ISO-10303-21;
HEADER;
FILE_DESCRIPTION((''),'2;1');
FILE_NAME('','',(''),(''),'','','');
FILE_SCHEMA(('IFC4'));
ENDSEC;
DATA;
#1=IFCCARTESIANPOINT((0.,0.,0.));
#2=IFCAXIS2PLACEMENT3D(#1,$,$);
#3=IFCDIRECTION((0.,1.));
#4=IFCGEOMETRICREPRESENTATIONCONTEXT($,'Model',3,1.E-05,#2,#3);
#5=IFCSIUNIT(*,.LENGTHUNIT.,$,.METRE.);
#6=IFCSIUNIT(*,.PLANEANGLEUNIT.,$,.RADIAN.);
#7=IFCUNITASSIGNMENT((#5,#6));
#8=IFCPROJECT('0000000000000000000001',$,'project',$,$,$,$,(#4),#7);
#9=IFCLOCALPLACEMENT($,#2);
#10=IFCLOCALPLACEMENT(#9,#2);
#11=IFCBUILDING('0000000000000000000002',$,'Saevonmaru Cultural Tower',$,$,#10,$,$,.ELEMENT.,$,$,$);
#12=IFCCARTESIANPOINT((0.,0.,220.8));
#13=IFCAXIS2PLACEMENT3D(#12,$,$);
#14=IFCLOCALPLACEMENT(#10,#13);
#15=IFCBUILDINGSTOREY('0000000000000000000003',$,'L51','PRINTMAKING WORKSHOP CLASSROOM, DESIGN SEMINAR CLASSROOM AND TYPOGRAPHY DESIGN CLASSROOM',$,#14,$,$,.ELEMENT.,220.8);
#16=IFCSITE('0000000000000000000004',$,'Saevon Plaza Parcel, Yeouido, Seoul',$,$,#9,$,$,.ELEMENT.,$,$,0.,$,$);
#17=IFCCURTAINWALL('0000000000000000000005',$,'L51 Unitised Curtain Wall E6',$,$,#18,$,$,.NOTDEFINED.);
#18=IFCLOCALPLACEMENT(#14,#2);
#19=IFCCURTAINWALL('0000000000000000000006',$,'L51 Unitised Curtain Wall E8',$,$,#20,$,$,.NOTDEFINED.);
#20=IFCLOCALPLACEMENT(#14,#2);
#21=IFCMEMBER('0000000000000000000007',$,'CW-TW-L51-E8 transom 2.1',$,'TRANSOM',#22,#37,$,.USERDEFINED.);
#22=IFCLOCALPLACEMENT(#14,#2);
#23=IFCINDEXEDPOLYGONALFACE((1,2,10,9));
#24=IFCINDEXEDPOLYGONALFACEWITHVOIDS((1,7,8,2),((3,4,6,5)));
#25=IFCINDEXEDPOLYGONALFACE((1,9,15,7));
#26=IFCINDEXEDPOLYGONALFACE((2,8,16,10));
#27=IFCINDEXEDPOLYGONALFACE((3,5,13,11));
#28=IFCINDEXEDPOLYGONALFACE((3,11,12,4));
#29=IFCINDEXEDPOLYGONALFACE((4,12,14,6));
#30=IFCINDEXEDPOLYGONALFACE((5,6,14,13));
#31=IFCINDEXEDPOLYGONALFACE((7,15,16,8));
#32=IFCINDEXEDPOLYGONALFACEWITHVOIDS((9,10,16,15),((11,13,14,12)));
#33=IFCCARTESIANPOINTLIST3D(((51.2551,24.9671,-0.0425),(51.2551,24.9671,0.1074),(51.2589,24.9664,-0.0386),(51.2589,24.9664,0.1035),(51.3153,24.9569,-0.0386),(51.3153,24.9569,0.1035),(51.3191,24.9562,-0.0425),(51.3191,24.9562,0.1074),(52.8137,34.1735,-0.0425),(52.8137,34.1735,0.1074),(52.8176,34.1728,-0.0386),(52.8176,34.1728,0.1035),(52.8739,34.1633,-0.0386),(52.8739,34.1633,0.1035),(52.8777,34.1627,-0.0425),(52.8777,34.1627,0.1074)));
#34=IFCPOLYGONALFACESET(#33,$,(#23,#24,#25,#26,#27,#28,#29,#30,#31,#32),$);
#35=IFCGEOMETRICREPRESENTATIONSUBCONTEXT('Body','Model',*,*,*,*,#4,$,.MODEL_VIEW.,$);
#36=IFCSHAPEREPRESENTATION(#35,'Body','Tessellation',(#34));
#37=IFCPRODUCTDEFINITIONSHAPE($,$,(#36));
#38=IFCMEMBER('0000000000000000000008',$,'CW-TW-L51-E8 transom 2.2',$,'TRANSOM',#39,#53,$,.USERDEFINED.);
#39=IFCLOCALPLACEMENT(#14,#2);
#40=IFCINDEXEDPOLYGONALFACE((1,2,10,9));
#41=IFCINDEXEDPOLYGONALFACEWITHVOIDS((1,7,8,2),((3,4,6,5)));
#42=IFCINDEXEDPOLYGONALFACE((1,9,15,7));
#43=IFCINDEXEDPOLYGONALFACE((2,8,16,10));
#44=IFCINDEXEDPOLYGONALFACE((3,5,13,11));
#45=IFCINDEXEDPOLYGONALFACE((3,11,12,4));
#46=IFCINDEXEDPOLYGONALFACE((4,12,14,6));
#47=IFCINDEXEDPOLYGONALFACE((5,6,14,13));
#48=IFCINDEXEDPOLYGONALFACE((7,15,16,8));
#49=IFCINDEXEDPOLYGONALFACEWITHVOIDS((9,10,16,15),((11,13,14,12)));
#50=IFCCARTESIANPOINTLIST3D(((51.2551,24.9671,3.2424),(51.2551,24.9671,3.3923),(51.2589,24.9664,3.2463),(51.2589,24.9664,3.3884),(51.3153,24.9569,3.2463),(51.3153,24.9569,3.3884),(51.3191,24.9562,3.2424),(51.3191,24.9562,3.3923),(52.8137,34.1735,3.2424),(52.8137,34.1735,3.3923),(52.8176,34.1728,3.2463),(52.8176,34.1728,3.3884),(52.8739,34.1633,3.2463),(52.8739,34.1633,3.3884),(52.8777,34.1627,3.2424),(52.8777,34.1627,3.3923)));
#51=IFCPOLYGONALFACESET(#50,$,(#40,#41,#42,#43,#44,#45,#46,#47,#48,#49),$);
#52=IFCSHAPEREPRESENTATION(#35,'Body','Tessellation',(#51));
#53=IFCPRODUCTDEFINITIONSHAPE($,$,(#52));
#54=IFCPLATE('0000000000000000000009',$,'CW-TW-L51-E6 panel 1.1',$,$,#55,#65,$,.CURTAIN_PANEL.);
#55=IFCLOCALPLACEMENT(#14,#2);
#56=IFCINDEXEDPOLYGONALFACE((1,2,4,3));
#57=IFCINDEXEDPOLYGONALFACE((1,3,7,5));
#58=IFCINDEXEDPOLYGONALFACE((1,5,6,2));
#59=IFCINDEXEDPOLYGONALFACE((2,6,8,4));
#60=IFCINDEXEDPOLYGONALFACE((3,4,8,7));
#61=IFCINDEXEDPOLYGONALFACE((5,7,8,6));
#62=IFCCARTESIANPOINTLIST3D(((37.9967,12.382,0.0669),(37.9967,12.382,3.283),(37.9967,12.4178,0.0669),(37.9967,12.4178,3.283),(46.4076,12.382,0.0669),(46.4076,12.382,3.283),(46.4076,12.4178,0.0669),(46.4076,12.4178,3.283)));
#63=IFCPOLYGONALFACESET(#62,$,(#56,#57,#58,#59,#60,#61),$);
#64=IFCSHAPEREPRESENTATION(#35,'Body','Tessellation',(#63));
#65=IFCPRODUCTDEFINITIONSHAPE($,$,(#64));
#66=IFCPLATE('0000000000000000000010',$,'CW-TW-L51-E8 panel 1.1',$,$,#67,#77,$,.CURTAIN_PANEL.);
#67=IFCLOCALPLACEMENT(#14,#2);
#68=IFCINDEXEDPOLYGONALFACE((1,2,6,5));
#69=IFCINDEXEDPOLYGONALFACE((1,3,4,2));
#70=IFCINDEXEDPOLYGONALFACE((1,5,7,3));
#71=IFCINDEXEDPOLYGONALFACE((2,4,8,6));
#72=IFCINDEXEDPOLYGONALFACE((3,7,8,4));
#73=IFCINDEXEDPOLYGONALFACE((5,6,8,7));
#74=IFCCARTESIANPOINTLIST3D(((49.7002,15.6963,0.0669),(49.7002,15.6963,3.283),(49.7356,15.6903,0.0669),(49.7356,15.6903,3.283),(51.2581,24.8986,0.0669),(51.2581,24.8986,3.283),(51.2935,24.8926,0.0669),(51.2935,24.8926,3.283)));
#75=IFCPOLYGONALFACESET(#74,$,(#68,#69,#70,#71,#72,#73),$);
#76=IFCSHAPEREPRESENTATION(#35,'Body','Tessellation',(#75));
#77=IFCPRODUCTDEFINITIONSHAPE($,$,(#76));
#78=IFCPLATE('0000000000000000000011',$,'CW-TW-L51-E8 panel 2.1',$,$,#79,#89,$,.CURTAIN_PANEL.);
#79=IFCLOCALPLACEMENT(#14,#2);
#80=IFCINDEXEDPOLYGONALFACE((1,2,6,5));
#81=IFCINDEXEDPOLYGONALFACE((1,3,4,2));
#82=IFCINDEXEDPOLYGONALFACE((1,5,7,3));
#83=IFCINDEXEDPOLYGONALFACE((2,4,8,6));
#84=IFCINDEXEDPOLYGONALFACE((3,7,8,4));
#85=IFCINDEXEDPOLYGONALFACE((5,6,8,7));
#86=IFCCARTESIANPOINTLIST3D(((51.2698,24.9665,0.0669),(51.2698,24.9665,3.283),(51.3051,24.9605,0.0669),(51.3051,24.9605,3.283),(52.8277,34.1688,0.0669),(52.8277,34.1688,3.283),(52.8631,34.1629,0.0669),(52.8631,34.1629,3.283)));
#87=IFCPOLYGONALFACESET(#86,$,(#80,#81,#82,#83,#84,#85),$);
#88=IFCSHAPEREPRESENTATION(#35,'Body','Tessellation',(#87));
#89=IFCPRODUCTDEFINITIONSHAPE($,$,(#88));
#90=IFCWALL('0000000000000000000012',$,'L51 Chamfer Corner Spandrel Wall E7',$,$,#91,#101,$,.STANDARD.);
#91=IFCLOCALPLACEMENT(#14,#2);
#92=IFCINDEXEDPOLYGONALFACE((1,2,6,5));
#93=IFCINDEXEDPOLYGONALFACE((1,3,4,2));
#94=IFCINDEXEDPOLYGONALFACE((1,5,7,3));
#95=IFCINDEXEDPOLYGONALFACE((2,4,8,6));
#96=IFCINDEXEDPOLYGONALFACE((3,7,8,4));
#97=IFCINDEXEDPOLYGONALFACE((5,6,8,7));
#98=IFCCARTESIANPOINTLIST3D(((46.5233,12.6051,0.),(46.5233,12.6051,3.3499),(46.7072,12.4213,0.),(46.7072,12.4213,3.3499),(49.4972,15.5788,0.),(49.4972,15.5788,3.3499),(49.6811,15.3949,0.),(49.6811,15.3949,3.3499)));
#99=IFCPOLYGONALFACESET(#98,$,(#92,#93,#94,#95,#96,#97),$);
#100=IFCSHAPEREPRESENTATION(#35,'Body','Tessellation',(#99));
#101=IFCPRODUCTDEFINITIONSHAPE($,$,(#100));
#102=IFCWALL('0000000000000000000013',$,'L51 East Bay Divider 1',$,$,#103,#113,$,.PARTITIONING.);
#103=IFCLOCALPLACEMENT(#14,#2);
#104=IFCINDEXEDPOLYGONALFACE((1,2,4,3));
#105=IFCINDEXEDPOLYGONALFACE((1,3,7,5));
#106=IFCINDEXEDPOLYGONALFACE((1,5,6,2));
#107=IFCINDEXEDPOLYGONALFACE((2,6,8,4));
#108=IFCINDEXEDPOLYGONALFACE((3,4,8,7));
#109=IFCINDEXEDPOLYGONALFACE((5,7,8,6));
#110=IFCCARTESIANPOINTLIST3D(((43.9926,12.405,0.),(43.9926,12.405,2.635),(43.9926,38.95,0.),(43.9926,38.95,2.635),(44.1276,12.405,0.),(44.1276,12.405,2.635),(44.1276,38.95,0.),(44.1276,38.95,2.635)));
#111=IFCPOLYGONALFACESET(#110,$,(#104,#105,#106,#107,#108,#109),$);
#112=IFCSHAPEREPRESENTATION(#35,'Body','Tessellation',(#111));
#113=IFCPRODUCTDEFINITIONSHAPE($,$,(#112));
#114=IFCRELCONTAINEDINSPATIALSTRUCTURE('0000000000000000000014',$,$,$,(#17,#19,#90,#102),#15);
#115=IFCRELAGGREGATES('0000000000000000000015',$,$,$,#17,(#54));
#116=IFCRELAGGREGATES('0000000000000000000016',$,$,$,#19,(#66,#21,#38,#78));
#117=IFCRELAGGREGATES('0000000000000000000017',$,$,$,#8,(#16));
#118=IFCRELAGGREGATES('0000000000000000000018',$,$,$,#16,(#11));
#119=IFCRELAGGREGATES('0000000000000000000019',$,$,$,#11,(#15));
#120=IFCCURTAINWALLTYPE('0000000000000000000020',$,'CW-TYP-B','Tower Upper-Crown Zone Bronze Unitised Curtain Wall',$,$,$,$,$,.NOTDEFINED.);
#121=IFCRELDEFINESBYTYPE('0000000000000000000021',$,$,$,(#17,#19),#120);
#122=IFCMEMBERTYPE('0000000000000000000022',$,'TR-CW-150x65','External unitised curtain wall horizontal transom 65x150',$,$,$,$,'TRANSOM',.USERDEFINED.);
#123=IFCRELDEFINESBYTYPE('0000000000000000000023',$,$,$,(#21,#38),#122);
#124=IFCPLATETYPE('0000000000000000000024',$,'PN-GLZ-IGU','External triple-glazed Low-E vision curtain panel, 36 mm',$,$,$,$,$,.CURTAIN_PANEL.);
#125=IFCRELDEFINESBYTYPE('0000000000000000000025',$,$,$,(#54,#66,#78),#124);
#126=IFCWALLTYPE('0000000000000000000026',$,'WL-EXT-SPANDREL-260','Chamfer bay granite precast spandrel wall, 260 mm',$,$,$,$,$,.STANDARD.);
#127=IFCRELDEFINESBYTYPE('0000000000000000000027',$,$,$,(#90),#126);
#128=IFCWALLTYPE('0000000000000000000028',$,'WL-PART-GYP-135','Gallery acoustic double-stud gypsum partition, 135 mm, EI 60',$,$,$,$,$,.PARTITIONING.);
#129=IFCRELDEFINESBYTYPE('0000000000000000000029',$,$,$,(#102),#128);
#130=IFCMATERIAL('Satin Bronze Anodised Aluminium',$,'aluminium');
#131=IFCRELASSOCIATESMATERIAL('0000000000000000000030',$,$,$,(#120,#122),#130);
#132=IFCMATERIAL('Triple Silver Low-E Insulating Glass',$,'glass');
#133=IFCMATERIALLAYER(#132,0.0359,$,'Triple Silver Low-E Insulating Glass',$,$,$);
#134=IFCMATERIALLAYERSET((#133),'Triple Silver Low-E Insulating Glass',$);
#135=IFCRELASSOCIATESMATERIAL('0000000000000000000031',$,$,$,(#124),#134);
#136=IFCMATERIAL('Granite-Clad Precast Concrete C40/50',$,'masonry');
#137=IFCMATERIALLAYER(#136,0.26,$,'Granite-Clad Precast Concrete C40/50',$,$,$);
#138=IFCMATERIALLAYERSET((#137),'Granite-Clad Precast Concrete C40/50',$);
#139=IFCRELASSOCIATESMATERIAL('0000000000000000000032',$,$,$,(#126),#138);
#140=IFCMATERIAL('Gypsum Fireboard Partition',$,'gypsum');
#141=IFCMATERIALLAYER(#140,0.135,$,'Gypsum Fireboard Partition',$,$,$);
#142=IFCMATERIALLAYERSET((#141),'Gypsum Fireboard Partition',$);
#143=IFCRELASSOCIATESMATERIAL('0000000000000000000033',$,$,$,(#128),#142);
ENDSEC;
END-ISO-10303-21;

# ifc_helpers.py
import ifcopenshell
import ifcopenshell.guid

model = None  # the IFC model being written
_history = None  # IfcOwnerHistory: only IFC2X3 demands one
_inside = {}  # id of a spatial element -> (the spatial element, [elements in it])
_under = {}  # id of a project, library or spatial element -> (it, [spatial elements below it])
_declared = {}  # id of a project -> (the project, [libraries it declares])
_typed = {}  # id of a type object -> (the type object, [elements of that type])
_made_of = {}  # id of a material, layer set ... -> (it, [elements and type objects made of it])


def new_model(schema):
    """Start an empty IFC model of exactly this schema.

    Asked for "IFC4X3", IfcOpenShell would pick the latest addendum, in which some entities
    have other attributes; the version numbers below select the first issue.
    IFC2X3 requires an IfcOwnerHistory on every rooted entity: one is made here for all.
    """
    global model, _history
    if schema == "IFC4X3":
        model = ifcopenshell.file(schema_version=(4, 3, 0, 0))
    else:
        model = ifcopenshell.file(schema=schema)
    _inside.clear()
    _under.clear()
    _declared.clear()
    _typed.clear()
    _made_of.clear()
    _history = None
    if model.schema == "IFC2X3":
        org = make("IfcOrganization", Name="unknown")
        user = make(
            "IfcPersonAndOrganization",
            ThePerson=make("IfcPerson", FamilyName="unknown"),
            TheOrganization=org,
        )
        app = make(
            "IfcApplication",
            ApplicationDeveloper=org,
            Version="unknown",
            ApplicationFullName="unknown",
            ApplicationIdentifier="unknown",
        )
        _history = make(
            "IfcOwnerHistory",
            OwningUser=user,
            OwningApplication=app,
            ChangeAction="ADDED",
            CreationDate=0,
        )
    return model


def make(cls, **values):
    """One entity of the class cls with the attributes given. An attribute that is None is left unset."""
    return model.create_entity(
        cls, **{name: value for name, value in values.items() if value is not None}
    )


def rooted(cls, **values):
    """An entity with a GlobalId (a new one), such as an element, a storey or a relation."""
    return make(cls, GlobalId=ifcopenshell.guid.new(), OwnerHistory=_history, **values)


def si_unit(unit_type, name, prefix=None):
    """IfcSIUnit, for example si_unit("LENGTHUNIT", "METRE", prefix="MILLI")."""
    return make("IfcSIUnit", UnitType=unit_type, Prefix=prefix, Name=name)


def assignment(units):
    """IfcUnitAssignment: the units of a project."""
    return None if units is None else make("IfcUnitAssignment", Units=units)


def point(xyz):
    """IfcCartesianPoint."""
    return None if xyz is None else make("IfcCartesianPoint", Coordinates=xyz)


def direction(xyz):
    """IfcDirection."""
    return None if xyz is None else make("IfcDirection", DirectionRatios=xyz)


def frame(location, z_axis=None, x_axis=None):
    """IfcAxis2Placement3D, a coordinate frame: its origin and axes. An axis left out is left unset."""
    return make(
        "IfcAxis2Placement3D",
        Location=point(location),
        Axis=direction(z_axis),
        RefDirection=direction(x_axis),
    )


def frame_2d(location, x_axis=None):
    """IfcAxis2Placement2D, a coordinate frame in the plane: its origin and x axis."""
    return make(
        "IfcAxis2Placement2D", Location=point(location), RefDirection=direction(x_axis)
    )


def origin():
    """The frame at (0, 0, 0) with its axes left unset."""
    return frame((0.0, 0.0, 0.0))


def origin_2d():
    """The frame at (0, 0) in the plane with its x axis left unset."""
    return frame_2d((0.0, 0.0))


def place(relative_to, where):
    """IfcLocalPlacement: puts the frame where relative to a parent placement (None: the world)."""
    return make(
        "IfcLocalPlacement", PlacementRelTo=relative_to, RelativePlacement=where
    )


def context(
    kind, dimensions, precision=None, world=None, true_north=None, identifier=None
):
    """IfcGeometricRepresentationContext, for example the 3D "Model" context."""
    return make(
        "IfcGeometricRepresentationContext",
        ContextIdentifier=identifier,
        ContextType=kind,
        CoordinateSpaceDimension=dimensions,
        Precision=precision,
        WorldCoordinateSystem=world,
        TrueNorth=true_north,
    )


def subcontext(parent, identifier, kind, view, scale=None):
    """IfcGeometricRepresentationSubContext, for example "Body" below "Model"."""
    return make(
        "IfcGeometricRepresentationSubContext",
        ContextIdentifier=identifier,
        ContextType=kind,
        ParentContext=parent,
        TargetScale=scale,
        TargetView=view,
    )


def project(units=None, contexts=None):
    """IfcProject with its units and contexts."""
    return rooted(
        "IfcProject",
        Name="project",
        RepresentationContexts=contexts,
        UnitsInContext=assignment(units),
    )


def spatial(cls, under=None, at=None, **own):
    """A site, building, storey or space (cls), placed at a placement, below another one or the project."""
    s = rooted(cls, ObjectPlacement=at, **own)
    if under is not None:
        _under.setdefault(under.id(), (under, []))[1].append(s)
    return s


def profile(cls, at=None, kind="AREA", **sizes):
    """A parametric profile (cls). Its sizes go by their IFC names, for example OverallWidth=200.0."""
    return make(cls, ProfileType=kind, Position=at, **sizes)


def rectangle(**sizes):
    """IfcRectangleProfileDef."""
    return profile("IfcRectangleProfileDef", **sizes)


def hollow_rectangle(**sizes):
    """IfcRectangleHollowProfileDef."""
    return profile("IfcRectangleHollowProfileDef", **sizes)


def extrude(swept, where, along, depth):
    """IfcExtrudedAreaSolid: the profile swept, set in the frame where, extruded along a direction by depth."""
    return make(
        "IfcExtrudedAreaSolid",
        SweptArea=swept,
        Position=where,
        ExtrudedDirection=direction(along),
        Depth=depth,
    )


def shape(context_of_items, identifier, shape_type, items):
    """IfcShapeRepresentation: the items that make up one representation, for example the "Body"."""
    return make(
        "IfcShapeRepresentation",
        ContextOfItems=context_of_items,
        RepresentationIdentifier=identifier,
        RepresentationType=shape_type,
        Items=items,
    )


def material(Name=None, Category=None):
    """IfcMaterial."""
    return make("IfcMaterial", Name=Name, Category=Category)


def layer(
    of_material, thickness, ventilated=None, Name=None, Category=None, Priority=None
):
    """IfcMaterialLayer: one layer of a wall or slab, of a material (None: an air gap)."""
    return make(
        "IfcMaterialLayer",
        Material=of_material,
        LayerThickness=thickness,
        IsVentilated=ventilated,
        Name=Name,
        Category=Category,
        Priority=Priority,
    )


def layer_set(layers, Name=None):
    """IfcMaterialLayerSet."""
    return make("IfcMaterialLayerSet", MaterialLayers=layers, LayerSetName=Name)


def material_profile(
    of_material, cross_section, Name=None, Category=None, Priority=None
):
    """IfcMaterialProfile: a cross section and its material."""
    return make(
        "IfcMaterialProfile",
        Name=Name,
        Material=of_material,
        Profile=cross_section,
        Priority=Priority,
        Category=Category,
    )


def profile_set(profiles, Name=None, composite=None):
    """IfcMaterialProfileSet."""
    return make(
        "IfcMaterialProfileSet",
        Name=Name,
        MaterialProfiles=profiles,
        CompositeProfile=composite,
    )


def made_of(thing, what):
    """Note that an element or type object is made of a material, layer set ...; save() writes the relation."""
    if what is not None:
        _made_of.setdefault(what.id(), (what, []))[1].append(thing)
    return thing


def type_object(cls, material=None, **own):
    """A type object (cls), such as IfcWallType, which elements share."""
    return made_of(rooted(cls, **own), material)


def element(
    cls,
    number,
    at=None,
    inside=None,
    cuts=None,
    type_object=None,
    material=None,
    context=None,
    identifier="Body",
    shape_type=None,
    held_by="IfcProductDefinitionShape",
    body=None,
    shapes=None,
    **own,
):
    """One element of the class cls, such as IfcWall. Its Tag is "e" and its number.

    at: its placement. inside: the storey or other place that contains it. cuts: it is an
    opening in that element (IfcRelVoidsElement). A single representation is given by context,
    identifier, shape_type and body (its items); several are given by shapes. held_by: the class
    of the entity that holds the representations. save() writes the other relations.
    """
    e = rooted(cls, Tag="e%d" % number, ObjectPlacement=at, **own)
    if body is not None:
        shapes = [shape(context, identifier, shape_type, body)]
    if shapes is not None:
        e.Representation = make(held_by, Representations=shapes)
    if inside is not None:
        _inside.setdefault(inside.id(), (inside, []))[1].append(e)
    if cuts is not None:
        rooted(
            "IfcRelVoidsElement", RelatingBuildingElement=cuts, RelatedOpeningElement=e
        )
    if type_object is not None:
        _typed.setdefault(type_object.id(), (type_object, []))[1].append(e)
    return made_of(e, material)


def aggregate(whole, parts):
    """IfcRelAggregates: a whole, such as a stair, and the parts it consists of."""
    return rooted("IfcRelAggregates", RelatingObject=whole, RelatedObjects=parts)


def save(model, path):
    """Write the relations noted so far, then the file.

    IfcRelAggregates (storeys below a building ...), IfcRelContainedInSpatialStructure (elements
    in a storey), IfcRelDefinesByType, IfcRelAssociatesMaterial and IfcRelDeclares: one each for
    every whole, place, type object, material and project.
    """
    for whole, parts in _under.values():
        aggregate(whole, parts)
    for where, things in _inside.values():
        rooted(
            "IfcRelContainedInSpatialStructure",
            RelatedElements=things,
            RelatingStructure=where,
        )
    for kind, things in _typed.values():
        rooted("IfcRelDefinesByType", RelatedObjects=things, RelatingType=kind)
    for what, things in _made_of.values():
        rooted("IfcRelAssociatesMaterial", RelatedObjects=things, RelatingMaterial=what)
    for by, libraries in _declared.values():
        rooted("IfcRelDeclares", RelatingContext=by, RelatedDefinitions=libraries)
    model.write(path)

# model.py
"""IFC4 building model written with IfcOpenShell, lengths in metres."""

from ifc_helpers import new_model, si_unit, direction, frame, frame_2d, origin, origin_2d, place, context, subcontext, project, spatial, rectangle, hollow_rectangle, extrude, material, layer, layer_set, material_profile, profile_set, type_object, element, aggregate, save


model = new_model("IFC4")

# Units and contexts
model_context = context("Model", 3, precision=1e-05, world=origin(), true_north=direction((0.0, 1.0)))
body_context = subcontext(model_context, "Body", "Model", "MODEL_VIEW")
ifc_project = project(units=[si_unit("LENGTHUNIT", "METRE"), si_unit("PLANEANGLEUNIT", "RADIAN")], contexts=[model_context])

# Site, building, storey
site_placement = place(None, origin())
site = spatial("IfcSite", under=ifc_project, at=site_placement, Name="Saevon Plaza Parcel, Yeouido, Seoul", CompositionType="ELEMENT", RefElevation=0.0)
building_placement = place(site_placement, origin())
building = spatial("IfcBuilding", under=site, at=building_placement, Name="Saevonmaru Cultural Tower", CompositionType="ELEMENT")
storey_placement = place(building_placement, frame((0.0, 0.0, 220.8)))
storey = spatial("IfcBuildingStorey", under=building, at=storey_placement, Name="L51", Description="PRINTMAKING WORKSHOP CLASSROOM, DESIGN SEMINAR CLASSROOM AND TYPOGRAPHY DESIGN CLASSROOM", CompositionType="ELEMENT", Elevation=220.8)

# Curtain wall
ifc_material_1 = material(Name="Satin Bronze Anodised Aluminium", Category="aluminium")
curtain_wall_type = type_object("IfcCurtainWallType", Name="CW-TYP-B", Description="Tower Upper-Crown Zone Bronze Unitised Curtain Wall", PredefinedType="NOTDEFINED", material=ifc_material_1)
curtain_wall_1_placement = place(storey_placement, origin())
curtain_wall_1 = element("IfcCurtainWall", 1, at=curtain_wall_1_placement, inside=storey, type_object=curtain_wall_type, Name="L51 Unitised Curtain Wall E6", PredefinedType="NOTDEFINED")

# Curtain wall, members
curtain_wall_2_placement = place(storey_placement, origin())
curtain_wall_2 = element("IfcCurtainWall", 2, at=curtain_wall_2_placement, inside=storey, type_object=curtain_wall_type, Name="L51 Unitised Curtain Wall E8", PredefinedType="NOTDEFINED")
ifc_material_profile_1 = material_profile(ifc_material_1, hollow_rectangle(XDim=0.0649, YDim=0.1499, WallThickness=0.0039, at=origin_2d()), Name="ALU-TRAN-150x65x4")
ifc_profile_set_1 = profile_set([ifc_material_profile_1], Name="Satin Bronze Anodised Aluminium")
member_type_1 = type_object("IfcMemberType", Name="TR-CW-150x65", Description="External unitised curtain wall horizontal transom 65x150", ElementType="TRANSOM", PredefinedType="USERDEFINED", material=ifc_profile_set_1)
member_1_placement = place(storey_placement, frame((51.2871, 24.9617, 0.0325), z_axis=(0.166921, 0.98597, 0.0), x_axis=(-0.98597, 0.166921, 0.0)))
member_1 = element("IfcMember", 3, at=member_1_placement, type_object=member_type_1, Name="CW-TW-L51-E8 transom 2.1", ObjectType="TRANSOM", PredefinedType="USERDEFINED", context=body_context, shape_type="SweptSolid", body=[
    extrude(hollow_rectangle(XDim=0.0649, YDim=0.1499, WallThickness=0.0039, at=origin_2d()), origin(), (0.0, 0.0, 1.0), 9.3374),
])
member_2_placement = place(storey_placement, frame((51.2871, 24.9617, 3.3174), z_axis=(0.166921, 0.98597, 0.0), x_axis=(-0.98597, 0.166921, 0.0)))
member_2 = element("IfcMember", 4, at=member_2_placement, type_object=member_type_1, Name="CW-TW-L51-E8 transom 2.2", ObjectType="TRANSOM", PredefinedType="USERDEFINED", context=body_context, shape_type="SweptSolid", body=[
    extrude(hollow_rectangle(XDim=0.0649, YDim=0.1499, WallThickness=0.0039, at=origin_2d()), origin(), (0.0, 0.0, 1.0), 9.3374),
])

# Plates
ifc_material_2 = material(Name="Triple Silver Low-E Insulating Glass", Category="glass")
ifc_layer_1 = layer(ifc_material_2, 0.0359, Name="Triple Silver Low-E Insulating Glass")
ifc_layer_set_1 = layer_set([ifc_layer_1], Name="Triple Silver Low-E Insulating Glass")
plate_type = type_object("IfcPlateType", Name="PN-GLZ-IGU", Description="External triple-glazed Low-E vision curtain panel, 36 mm", PredefinedType="CURTAIN_PANEL", material=ifc_layer_set_1)
plate_1_placement = place(storey_placement, frame((42.2021, 12.3999, 0.0669), z_axis=(0.0, 0.0, 1.0), x_axis=(1.0, 0.0, 0.0)))
plate_1 = element("IfcPlate", 5, at=plate_1_placement, type_object=plate_type, Name="CW-TW-L51-E6 panel 1.1", PredefinedType="CURTAIN_PANEL", context=body_context, shape_type="SweptSolid", body=[
    extrude(rectangle(XDim=8.4109, YDim=0.0359, at=origin_2d()), origin(), (0.0, 0.0, 1.0), 3.2161),
])
aggregate(curtain_wall_1, [plate_1])
plate_2_placement = place(storey_placement, frame((50.4968, 20.2944, 0.0669), z_axis=(0.0, 0.0, 1.0), x_axis=(0.166922, 0.98597, 0.0)))
plate_2 = element("IfcPlate", 6, at=plate_2_placement, type_object=plate_type, Name="CW-TW-L51-E8 panel 1.1", PredefinedType="CURTAIN_PANEL", context=body_context, shape_type="SweptSolid", body=[
    extrude(rectangle(XDim=9.3333, YDim=0.0359, at=origin_2d()), origin(), (0.0, 0.0, 1.0), 3.2161),
])
plate_3_placement = place(storey_placement, frame((52.0664, 29.5647, 0.0669), z_axis=(0.0, 0.0, 1.0), x_axis=(0.166922, 0.98597, 0.0)))
plate_3 = element("IfcPlate", 7, at=plate_3_placement, type_object=plate_type, Name="CW-TW-L51-E8 panel 2.1", PredefinedType="CURTAIN_PANEL", context=body_context, shape_type="SweptSolid", body=[
    extrude(rectangle(XDim=9.3333, YDim=0.0359, at=origin_2d()), origin(), (0.0, 0.0, 1.0), 3.2161),
])
aggregate(curtain_wall_2, [plate_2, member_1, member_2, plate_3])

# Walls
ifc_material_3 = material(Name="Granite-Clad Precast Concrete C40/50", Category="masonry")
ifc_layer_2 = layer(ifc_material_3, 0.26, Name="Granite-Clad Precast Concrete C40/50")
ifc_layer_set_2 = layer_set([ifc_layer_2], Name="Granite-Clad Precast Concrete C40/50")
wall_type_1 = type_object("IfcWallType", Name="WL-EXT-SPANDREL-260", Description="Chamfer bay granite precast spandrel wall, 260 mm", PredefinedType="STANDARD", material=ifc_layer_set_2)
wall_1_placement = place(storey_placement, frame((46.6152, 12.5132, 0.0), z_axis=(0.0, 0.0, 1.0), x_axis=(0.707136, 0.707078, 0.0)))
element("IfcWall", 8, at=wall_1_placement, inside=storey, type_object=wall_type_1, Name="L51 Chamfer Corner Spandrel Wall E7", PredefinedType="STANDARD", context=body_context, shape_type="SweptSolid", body=[
    extrude(rectangle(XDim=4.2056, YDim=0.26, at=frame_2d((2.1028, 0.0))), origin(), (0.0, 0.0, 1.0), 3.3499),
])
ifc_material_4 = material(Name="Gypsum Fireboard Partition", Category="gypsum")
ifc_layer_3 = layer(ifc_material_4, 0.135, Name="Gypsum Fireboard Partition")
ifc_layer_set_3 = layer_set([ifc_layer_3], Name="Gypsum Fireboard Partition")
wall_type_2 = type_object("IfcWallType", Name="WL-PART-GYP-135", Description="Gallery acoustic double-stud gypsum partition, 135 mm, EI 60", PredefinedType="PARTITIONING", material=ifc_layer_set_3)
wall_2_placement = place(storey_placement, frame((44.0601, 12.405, 0.0), z_axis=(0.0, 0.0, 1.0), x_axis=(0.0, 1.0, 0.0)))
element("IfcWall", 9, at=wall_2_placement, inside=storey, type_object=wall_type_2, Name="L51 East Bay Divider 1", PredefinedType="PARTITIONING", context=body_context, shape_type="SweptSolid", body=[
    extrude(rectangle(XDim=26.5449, YDim=0.135, at=frame_2d((13.2725, 0.0))), origin(), (0.0, 0.0, 1.0), 2.635),
])

save(model, "model.ifc")
